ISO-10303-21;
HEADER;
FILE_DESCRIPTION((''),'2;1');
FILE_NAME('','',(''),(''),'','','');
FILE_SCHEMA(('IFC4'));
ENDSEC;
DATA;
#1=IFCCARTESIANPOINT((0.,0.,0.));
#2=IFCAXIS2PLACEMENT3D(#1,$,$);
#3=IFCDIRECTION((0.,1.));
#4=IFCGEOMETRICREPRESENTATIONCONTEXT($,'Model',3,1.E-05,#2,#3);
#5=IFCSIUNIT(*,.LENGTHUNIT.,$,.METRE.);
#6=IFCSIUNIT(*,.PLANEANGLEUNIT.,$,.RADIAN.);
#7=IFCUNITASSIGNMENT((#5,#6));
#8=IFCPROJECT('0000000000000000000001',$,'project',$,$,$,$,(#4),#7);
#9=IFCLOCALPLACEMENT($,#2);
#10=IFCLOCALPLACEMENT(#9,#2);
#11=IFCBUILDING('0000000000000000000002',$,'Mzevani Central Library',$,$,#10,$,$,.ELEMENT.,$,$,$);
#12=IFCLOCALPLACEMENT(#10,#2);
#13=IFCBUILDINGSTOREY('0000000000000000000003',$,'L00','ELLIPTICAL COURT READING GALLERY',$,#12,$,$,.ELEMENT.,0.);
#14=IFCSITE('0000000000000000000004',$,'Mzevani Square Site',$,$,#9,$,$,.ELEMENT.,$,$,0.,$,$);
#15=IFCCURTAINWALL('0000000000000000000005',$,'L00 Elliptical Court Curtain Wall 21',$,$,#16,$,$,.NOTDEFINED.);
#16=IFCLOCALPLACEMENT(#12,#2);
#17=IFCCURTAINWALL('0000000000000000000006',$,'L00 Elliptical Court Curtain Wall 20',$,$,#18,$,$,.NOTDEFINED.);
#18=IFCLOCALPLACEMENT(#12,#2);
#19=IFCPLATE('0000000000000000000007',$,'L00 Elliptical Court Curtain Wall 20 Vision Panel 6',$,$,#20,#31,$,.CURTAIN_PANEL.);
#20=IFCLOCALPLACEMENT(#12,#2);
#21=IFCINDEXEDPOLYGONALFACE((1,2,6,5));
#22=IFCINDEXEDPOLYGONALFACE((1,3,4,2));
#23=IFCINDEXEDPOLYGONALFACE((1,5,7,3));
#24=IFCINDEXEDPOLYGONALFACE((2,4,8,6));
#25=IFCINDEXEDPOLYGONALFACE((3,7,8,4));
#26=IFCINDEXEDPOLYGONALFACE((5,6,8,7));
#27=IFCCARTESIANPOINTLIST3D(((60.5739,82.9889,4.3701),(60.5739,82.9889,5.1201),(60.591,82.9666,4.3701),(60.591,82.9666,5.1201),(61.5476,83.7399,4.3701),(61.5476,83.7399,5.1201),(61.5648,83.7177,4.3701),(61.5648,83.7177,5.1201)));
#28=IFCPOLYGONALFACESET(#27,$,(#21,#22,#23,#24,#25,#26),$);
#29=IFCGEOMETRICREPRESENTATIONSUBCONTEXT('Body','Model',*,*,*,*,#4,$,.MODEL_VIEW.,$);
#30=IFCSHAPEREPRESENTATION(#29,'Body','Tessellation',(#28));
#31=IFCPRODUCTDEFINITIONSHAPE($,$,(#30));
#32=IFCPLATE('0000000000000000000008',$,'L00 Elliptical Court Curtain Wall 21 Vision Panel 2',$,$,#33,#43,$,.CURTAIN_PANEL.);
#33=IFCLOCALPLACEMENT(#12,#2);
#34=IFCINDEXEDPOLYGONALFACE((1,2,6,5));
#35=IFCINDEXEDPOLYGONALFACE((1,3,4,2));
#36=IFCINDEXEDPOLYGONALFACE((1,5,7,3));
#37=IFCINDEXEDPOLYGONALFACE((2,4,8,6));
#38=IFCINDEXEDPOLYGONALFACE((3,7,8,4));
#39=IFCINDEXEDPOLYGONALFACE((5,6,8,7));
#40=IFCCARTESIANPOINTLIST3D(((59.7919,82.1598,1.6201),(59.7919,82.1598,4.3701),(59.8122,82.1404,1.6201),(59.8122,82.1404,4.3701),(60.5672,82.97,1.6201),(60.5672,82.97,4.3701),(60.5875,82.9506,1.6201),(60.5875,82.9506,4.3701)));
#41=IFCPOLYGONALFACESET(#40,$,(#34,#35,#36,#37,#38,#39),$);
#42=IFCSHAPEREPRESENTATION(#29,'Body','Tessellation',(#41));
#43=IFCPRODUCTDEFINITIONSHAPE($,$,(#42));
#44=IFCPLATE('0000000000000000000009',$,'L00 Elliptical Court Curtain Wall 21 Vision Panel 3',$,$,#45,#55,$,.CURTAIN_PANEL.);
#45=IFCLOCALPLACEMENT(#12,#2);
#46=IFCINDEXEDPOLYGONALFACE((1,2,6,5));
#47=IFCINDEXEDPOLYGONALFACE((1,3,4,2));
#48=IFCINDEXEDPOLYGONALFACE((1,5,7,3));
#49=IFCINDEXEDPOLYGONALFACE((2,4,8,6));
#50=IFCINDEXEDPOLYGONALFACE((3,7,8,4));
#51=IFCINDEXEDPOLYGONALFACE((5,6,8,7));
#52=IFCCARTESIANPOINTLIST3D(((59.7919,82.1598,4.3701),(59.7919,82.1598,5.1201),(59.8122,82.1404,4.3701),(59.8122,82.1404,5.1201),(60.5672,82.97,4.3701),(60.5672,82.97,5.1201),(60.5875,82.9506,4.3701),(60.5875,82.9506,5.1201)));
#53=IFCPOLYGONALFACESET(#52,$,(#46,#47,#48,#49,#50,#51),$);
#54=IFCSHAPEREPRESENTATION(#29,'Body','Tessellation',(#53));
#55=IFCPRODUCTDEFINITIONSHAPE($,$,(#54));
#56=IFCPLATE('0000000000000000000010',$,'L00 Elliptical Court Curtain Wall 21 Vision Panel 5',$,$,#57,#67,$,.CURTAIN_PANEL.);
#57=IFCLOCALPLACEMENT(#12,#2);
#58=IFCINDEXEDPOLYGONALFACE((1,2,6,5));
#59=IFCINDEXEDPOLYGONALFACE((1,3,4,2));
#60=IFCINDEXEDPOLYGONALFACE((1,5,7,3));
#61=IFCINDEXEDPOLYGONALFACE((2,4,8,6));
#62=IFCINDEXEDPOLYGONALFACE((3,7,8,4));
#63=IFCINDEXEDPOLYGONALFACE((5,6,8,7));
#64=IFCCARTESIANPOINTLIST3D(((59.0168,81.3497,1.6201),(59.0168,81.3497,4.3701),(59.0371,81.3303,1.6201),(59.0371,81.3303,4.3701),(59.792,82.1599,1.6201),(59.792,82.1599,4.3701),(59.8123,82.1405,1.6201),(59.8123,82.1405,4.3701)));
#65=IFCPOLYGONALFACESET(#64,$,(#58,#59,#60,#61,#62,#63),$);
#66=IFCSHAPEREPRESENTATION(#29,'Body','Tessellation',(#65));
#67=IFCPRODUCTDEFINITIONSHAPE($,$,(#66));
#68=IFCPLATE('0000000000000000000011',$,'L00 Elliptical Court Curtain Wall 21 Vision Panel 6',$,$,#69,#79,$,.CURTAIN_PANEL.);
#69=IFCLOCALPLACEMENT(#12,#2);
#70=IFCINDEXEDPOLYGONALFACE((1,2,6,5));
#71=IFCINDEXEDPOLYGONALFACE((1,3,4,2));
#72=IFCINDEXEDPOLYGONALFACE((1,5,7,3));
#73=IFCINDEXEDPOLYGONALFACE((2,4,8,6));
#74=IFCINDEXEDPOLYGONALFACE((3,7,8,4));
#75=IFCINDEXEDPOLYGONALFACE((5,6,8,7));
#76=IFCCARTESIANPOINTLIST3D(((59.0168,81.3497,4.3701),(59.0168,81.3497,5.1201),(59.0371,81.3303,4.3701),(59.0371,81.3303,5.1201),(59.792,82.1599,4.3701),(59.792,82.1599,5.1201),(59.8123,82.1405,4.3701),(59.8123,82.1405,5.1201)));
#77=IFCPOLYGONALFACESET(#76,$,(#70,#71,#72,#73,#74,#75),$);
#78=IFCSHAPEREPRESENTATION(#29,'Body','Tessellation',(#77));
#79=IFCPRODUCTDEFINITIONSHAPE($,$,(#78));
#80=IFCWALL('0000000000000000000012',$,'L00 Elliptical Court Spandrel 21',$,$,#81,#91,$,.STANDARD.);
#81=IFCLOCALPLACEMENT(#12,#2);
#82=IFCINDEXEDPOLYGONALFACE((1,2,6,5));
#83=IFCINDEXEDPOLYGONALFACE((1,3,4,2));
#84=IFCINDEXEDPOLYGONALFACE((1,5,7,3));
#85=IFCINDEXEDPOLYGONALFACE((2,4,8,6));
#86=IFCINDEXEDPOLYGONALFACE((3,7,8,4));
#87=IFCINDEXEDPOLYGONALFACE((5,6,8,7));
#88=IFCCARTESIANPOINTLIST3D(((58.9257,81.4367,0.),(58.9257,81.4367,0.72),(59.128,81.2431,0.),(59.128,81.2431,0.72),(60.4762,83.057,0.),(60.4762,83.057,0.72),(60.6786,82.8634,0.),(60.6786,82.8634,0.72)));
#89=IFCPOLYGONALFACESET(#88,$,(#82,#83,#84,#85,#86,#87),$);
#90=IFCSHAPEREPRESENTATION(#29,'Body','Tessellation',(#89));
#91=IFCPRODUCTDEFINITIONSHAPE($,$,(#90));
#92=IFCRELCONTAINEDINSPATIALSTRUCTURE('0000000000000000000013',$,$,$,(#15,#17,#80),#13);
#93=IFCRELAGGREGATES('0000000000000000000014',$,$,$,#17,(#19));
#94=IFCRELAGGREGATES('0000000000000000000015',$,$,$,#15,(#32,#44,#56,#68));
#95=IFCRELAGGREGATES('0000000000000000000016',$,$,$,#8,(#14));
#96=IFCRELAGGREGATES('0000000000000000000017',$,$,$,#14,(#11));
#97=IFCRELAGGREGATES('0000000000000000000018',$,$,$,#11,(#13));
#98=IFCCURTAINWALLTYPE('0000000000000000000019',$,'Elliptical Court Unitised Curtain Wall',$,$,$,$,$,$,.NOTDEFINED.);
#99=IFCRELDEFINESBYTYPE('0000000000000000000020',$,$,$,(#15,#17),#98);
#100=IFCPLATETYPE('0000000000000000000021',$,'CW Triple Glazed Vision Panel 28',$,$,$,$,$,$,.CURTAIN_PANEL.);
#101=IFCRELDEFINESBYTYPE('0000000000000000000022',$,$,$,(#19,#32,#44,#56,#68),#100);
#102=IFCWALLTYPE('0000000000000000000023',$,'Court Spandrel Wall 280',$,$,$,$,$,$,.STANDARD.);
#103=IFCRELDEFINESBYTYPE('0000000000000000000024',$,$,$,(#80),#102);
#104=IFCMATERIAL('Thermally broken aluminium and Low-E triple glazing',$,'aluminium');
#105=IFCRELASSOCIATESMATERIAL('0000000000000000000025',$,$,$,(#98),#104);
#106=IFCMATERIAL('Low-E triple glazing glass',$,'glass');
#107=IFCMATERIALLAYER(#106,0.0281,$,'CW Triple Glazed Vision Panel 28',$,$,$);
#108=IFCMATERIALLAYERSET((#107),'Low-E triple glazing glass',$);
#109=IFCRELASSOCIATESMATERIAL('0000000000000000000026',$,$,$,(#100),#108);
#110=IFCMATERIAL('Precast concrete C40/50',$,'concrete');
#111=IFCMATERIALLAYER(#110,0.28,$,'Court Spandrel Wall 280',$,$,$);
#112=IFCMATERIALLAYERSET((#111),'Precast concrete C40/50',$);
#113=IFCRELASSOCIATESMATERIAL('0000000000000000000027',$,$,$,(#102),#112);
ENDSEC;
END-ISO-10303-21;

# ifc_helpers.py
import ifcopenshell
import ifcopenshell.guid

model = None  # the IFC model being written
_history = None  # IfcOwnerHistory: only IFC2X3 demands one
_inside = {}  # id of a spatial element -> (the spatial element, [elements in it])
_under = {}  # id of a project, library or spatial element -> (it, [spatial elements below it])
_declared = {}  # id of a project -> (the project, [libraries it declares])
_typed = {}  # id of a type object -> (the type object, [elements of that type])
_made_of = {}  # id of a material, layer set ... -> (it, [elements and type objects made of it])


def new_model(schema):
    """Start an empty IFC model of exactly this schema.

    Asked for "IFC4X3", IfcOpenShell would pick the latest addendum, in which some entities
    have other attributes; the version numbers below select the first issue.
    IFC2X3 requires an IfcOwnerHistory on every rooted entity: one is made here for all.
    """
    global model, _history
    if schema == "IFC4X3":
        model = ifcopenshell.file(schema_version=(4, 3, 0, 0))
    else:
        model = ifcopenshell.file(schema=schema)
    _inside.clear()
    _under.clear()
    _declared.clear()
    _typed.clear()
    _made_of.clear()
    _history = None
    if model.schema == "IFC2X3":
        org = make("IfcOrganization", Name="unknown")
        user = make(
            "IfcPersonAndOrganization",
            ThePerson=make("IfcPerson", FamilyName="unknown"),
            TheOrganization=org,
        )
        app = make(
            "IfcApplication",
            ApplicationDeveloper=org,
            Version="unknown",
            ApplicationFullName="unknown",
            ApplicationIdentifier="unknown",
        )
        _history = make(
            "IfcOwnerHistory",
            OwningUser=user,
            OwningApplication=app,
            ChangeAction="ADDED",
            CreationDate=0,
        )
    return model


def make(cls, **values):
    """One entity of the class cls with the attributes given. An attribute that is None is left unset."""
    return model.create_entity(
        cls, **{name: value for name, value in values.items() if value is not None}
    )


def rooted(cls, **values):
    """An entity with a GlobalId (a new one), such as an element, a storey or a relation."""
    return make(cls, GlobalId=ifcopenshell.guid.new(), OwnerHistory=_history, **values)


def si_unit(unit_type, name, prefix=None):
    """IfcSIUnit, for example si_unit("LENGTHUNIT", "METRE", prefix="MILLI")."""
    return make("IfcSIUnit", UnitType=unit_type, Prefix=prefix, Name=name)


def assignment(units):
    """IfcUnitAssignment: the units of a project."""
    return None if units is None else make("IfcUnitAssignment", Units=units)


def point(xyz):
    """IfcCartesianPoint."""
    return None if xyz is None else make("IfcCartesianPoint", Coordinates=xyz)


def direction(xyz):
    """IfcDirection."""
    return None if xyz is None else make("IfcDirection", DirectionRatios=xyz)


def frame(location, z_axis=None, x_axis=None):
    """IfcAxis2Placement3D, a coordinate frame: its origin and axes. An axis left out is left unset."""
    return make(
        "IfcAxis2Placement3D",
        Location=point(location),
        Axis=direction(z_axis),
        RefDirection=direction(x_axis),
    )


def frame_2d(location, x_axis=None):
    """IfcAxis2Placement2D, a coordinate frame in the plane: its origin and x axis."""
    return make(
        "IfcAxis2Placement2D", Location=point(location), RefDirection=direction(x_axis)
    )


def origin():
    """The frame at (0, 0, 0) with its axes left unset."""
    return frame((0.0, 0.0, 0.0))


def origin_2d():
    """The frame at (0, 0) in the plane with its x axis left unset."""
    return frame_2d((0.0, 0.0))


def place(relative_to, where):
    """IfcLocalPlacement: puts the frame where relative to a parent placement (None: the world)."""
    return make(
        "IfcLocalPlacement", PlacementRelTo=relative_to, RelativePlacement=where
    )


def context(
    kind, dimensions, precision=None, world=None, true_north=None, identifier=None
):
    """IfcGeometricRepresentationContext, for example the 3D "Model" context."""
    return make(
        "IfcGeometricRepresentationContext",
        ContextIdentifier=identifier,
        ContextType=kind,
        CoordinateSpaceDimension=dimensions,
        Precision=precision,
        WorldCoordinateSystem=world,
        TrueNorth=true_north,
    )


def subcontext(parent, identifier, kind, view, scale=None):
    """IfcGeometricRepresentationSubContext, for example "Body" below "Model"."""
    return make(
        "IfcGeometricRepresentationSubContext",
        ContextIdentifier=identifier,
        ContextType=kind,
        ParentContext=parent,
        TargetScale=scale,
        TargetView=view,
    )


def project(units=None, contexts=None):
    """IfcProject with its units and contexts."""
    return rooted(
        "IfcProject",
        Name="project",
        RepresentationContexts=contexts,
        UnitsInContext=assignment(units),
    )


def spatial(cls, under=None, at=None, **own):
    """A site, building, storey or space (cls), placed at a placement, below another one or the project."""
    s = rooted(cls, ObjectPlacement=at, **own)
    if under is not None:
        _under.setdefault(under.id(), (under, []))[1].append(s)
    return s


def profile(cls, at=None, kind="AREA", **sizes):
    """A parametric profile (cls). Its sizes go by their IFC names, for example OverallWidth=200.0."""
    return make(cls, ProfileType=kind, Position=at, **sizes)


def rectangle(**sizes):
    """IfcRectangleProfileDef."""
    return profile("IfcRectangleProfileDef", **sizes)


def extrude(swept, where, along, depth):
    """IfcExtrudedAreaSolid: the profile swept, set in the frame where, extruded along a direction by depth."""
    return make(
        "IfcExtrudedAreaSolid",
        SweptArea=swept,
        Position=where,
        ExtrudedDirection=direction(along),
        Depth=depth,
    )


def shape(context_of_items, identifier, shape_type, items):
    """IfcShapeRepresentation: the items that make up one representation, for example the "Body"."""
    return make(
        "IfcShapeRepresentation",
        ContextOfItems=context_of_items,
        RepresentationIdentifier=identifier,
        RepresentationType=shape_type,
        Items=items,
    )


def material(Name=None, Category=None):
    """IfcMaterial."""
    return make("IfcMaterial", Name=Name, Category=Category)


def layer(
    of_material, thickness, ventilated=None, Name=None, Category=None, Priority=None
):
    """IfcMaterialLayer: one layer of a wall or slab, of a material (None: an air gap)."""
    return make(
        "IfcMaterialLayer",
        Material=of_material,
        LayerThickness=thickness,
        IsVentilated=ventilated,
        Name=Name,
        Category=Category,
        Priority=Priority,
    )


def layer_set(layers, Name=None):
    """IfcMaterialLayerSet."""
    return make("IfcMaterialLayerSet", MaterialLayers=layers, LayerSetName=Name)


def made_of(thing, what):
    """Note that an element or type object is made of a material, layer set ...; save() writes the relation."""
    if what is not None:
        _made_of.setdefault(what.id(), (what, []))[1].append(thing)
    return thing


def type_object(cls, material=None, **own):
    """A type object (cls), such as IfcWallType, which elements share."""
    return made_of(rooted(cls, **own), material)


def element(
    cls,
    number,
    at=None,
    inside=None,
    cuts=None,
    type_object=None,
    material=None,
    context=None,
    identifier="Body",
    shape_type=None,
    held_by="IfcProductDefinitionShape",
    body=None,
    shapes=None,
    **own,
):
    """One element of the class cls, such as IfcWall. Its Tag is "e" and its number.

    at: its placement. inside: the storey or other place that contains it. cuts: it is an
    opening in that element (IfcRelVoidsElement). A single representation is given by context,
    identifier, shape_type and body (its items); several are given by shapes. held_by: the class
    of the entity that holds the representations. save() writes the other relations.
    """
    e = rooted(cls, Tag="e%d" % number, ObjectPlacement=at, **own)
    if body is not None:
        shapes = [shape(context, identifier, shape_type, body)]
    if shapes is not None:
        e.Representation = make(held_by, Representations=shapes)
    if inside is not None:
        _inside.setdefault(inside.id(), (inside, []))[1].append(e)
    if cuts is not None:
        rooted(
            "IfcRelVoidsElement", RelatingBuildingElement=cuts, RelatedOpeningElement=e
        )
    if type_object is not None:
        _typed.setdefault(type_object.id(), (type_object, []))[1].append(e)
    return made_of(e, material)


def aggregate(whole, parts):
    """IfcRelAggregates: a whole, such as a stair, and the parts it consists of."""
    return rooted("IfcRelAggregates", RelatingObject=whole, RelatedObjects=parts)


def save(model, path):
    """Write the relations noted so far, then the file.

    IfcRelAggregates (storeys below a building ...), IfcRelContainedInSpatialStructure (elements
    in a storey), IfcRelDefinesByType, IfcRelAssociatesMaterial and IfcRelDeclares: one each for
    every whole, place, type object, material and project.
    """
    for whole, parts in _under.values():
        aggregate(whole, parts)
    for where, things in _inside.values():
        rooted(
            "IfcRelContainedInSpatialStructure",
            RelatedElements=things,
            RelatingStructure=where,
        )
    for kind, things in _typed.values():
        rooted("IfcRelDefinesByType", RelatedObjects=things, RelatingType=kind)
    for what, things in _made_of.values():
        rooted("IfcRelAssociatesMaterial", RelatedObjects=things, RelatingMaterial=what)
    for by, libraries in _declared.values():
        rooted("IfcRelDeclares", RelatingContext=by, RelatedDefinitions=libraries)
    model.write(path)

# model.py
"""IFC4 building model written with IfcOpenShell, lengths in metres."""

from ifc_helpers import new_model, si_unit, direction, frame, frame_2d, origin, origin_2d, place, context, subcontext, project, spatial, rectangle, extrude, material, layer, layer_set, type_object, element, aggregate, save


model = new_model("IFC4")

# Units and contexts
model_context = context("Model", 3, precision=1e-05, world=origin(), true_north=direction((0.0, 1.0)))
body_context = subcontext(model_context, "Body", "Model", "MODEL_VIEW")
ifc_project = project(units=[si_unit("LENGTHUNIT", "METRE"), si_unit("PLANEANGLEUNIT", "RADIAN")], contexts=[model_context])

# Site, building, storey
site_placement = place(None, origin())
site = spatial("IfcSite", under=ifc_project, at=site_placement, Name="Mzevani Square Site", CompositionType="ELEMENT", RefElevation=0.0)
building_placement = place(site_placement, origin())
building = spatial("IfcBuilding", under=site, at=building_placement, Name="Mzevani Central Library", CompositionType="ELEMENT")
storey_placement = place(building_placement, origin())
storey = spatial("IfcBuildingStorey", under=building, at=storey_placement, Name="L00", Description="ELLIPTICAL COURT READING GALLERY", CompositionType="ELEMENT", Elevation=0.0)

# Curtain walls
ifc_material_1 = material(Name="Thermally broken aluminium and Low-E triple glazing", Category="aluminium")
curtain_wall_type_1 = type_object("IfcCurtainWallType", Name="Elliptical Court Unitised Curtain Wall", PredefinedType="NOTDEFINED", material=ifc_material_1)
curtain_wall_1_placement = place(storey_placement, origin())
curtain_wall_1 = element("IfcCurtainWall", 1, at=curtain_wall_1_placement, inside=storey, type_object=curtain_wall_type_1, Name="L00 Elliptical Court Curtain Wall 21", PredefinedType="NOTDEFINED")
curtain_wall_2_placement = place(storey_placement, origin())
curtain_wall_2 = element("IfcCurtainWall", 2, at=curtain_wall_2_placement, inside=storey, type_object=curtain_wall_type_1, Name="L00 Elliptical Court Curtain Wall 20", PredefinedType="NOTDEFINED")

# Plates
ifc_material_2 = material(Name="Low-E triple glazing glass", Category="glass")
ifc_layer_1 = layer(ifc_material_2, 0.0281, Name="CW Triple Glazed Vision Panel 28")
ifc_layer_set_1 = layer_set([ifc_layer_1], Name="Low-E triple glazing glass")
plate_type_1 = type_object("IfcPlateType", Name="CW Triple Glazed Vision Panel 28", PredefinedType="CURTAIN_PANEL", material=ifc_layer_set_1)
plate_1_placement = place(storey_placement, frame((61.0693, 83.3533, 4.3701), z_axis=(0.0, 0.0, 1.0), x_axis=(-0.791828, -0.610744, 0.0)))
plate_1 = element("IfcPlate", 3, at=plate_1_placement, type_object=plate_type_1, Name="L00 Elliptical Court Curtain Wall 20 Vision Panel 6", PredefinedType="CURTAIN_PANEL", context=body_context, shape_type="SweptSolid", body=[
    extrude(rectangle(XDim=1.2297, YDim=0.0281, at=origin_2d()), origin(), (0.0, 0.0, 1.0), 0.75),
])
aggregate(curtain_wall_2, [plate_1])
plate_2_placement = place(storey_placement, frame((60.1897, 82.5552, 1.6201), z_axis=(0.0, 0.0, 1.0), x_axis=(-0.691352, -0.722518, 0.0)))
plate_2 = element("IfcPlate", 4, at=plate_2_placement, type_object=plate_type_1, Name="L00 Elliptical Court Curtain Wall 21 Vision Panel 2", PredefinedType="CURTAIN_PANEL", context=body_context, shape_type="SweptSolid", body=[
    extrude(rectangle(XDim=1.1213, YDim=0.0281, at=origin_2d()), origin(), (0.0, 0.0, 1.0), 2.75),
])
plate_3_placement = place(storey_placement, frame((60.1897, 82.5552, 4.3701), z_axis=(0.0, 0.0, 1.0), x_axis=(-0.691352, -0.722518, 0.0)))
plate_3 = element("IfcPlate", 5, at=plate_3_placement, type_object=plate_type_1, Name="L00 Elliptical Court Curtain Wall 21 Vision Panel 3", PredefinedType="CURTAIN_PANEL", context=body_context, shape_type="SweptSolid", body=[
    extrude(rectangle(XDim=1.1213, YDim=0.0281, at=origin_2d()), origin(), (0.0, 0.0, 1.0), 0.75),
])
plate_4_placement = place(storey_placement, frame((59.4146, 81.7451, 1.6201), z_axis=(0.0, 0.0, 1.0), x_axis=(-0.691352, -0.722518, 0.0)))
plate_4 = element("IfcPlate", 6, at=plate_4_placement, type_object=plate_type_1, Name="L00 Elliptical Court Curtain Wall 21 Vision Panel 5", PredefinedType="CURTAIN_PANEL", context=body_context, shape_type="SweptSolid", body=[
    extrude(rectangle(XDim=1.1213, YDim=0.0281, at=origin_2d()), origin(), (0.0, 0.0, 1.0), 2.75),
])
plate_5_placement = place(storey_placement, frame((59.4146, 81.7451, 4.3701), z_axis=(0.0, 0.0, 1.0), x_axis=(-0.691352, -0.722518, 0.0)))
plate_5 = element("IfcPlate", 7, at=plate_5_placement, type_object=plate_type_1, Name="L00 Elliptical Court Curtain Wall 21 Vision Panel 6", PredefinedType="CURTAIN_PANEL", context=body_context, shape_type="SweptSolid", body=[
    extrude(rectangle(XDim=1.1213, YDim=0.0281, at=origin_2d()), origin(), (0.0, 0.0, 1.0), 0.75),
])
aggregate(curtain_wall_1, [plate_2, plate_3, plate_4, plate_5])

# Wall
ifc_material_3 = material(Name="Precast concrete C40/50", Category="concrete")
ifc_layer_2 = layer(ifc_material_3, 0.28, Name="Court Spandrel Wall 280")
ifc_layer_set_2 = layer_set([ifc_layer_2], Name="Precast concrete C40/50")
wall_type = type_object("IfcWallType", Name="Court Spandrel Wall 280", PredefinedType="STANDARD", material=ifc_layer_set_2)
wall_placement = place(storey_placement, frame((60.5774, 82.9602, 0.0), z_axis=(0.0, 0.0, 1.0), x_axis=(-0.691368, -0.722502, 0.0)))
element("IfcWall", 8, at=wall_placement, inside=storey, type_object=wall_type, Name="L00 Elliptical Court Spandrel 21", PredefinedType="STANDARD", context=body_context, shape_type="SweptSolid", body=[
    extrude(rectangle(XDim=2.2427, YDim=0.28, at=frame_2d((1.1213, 0.0))), origin(), (0.0, 0.0, 1.0), 0.72),
])

save(model, "model.ifc")
